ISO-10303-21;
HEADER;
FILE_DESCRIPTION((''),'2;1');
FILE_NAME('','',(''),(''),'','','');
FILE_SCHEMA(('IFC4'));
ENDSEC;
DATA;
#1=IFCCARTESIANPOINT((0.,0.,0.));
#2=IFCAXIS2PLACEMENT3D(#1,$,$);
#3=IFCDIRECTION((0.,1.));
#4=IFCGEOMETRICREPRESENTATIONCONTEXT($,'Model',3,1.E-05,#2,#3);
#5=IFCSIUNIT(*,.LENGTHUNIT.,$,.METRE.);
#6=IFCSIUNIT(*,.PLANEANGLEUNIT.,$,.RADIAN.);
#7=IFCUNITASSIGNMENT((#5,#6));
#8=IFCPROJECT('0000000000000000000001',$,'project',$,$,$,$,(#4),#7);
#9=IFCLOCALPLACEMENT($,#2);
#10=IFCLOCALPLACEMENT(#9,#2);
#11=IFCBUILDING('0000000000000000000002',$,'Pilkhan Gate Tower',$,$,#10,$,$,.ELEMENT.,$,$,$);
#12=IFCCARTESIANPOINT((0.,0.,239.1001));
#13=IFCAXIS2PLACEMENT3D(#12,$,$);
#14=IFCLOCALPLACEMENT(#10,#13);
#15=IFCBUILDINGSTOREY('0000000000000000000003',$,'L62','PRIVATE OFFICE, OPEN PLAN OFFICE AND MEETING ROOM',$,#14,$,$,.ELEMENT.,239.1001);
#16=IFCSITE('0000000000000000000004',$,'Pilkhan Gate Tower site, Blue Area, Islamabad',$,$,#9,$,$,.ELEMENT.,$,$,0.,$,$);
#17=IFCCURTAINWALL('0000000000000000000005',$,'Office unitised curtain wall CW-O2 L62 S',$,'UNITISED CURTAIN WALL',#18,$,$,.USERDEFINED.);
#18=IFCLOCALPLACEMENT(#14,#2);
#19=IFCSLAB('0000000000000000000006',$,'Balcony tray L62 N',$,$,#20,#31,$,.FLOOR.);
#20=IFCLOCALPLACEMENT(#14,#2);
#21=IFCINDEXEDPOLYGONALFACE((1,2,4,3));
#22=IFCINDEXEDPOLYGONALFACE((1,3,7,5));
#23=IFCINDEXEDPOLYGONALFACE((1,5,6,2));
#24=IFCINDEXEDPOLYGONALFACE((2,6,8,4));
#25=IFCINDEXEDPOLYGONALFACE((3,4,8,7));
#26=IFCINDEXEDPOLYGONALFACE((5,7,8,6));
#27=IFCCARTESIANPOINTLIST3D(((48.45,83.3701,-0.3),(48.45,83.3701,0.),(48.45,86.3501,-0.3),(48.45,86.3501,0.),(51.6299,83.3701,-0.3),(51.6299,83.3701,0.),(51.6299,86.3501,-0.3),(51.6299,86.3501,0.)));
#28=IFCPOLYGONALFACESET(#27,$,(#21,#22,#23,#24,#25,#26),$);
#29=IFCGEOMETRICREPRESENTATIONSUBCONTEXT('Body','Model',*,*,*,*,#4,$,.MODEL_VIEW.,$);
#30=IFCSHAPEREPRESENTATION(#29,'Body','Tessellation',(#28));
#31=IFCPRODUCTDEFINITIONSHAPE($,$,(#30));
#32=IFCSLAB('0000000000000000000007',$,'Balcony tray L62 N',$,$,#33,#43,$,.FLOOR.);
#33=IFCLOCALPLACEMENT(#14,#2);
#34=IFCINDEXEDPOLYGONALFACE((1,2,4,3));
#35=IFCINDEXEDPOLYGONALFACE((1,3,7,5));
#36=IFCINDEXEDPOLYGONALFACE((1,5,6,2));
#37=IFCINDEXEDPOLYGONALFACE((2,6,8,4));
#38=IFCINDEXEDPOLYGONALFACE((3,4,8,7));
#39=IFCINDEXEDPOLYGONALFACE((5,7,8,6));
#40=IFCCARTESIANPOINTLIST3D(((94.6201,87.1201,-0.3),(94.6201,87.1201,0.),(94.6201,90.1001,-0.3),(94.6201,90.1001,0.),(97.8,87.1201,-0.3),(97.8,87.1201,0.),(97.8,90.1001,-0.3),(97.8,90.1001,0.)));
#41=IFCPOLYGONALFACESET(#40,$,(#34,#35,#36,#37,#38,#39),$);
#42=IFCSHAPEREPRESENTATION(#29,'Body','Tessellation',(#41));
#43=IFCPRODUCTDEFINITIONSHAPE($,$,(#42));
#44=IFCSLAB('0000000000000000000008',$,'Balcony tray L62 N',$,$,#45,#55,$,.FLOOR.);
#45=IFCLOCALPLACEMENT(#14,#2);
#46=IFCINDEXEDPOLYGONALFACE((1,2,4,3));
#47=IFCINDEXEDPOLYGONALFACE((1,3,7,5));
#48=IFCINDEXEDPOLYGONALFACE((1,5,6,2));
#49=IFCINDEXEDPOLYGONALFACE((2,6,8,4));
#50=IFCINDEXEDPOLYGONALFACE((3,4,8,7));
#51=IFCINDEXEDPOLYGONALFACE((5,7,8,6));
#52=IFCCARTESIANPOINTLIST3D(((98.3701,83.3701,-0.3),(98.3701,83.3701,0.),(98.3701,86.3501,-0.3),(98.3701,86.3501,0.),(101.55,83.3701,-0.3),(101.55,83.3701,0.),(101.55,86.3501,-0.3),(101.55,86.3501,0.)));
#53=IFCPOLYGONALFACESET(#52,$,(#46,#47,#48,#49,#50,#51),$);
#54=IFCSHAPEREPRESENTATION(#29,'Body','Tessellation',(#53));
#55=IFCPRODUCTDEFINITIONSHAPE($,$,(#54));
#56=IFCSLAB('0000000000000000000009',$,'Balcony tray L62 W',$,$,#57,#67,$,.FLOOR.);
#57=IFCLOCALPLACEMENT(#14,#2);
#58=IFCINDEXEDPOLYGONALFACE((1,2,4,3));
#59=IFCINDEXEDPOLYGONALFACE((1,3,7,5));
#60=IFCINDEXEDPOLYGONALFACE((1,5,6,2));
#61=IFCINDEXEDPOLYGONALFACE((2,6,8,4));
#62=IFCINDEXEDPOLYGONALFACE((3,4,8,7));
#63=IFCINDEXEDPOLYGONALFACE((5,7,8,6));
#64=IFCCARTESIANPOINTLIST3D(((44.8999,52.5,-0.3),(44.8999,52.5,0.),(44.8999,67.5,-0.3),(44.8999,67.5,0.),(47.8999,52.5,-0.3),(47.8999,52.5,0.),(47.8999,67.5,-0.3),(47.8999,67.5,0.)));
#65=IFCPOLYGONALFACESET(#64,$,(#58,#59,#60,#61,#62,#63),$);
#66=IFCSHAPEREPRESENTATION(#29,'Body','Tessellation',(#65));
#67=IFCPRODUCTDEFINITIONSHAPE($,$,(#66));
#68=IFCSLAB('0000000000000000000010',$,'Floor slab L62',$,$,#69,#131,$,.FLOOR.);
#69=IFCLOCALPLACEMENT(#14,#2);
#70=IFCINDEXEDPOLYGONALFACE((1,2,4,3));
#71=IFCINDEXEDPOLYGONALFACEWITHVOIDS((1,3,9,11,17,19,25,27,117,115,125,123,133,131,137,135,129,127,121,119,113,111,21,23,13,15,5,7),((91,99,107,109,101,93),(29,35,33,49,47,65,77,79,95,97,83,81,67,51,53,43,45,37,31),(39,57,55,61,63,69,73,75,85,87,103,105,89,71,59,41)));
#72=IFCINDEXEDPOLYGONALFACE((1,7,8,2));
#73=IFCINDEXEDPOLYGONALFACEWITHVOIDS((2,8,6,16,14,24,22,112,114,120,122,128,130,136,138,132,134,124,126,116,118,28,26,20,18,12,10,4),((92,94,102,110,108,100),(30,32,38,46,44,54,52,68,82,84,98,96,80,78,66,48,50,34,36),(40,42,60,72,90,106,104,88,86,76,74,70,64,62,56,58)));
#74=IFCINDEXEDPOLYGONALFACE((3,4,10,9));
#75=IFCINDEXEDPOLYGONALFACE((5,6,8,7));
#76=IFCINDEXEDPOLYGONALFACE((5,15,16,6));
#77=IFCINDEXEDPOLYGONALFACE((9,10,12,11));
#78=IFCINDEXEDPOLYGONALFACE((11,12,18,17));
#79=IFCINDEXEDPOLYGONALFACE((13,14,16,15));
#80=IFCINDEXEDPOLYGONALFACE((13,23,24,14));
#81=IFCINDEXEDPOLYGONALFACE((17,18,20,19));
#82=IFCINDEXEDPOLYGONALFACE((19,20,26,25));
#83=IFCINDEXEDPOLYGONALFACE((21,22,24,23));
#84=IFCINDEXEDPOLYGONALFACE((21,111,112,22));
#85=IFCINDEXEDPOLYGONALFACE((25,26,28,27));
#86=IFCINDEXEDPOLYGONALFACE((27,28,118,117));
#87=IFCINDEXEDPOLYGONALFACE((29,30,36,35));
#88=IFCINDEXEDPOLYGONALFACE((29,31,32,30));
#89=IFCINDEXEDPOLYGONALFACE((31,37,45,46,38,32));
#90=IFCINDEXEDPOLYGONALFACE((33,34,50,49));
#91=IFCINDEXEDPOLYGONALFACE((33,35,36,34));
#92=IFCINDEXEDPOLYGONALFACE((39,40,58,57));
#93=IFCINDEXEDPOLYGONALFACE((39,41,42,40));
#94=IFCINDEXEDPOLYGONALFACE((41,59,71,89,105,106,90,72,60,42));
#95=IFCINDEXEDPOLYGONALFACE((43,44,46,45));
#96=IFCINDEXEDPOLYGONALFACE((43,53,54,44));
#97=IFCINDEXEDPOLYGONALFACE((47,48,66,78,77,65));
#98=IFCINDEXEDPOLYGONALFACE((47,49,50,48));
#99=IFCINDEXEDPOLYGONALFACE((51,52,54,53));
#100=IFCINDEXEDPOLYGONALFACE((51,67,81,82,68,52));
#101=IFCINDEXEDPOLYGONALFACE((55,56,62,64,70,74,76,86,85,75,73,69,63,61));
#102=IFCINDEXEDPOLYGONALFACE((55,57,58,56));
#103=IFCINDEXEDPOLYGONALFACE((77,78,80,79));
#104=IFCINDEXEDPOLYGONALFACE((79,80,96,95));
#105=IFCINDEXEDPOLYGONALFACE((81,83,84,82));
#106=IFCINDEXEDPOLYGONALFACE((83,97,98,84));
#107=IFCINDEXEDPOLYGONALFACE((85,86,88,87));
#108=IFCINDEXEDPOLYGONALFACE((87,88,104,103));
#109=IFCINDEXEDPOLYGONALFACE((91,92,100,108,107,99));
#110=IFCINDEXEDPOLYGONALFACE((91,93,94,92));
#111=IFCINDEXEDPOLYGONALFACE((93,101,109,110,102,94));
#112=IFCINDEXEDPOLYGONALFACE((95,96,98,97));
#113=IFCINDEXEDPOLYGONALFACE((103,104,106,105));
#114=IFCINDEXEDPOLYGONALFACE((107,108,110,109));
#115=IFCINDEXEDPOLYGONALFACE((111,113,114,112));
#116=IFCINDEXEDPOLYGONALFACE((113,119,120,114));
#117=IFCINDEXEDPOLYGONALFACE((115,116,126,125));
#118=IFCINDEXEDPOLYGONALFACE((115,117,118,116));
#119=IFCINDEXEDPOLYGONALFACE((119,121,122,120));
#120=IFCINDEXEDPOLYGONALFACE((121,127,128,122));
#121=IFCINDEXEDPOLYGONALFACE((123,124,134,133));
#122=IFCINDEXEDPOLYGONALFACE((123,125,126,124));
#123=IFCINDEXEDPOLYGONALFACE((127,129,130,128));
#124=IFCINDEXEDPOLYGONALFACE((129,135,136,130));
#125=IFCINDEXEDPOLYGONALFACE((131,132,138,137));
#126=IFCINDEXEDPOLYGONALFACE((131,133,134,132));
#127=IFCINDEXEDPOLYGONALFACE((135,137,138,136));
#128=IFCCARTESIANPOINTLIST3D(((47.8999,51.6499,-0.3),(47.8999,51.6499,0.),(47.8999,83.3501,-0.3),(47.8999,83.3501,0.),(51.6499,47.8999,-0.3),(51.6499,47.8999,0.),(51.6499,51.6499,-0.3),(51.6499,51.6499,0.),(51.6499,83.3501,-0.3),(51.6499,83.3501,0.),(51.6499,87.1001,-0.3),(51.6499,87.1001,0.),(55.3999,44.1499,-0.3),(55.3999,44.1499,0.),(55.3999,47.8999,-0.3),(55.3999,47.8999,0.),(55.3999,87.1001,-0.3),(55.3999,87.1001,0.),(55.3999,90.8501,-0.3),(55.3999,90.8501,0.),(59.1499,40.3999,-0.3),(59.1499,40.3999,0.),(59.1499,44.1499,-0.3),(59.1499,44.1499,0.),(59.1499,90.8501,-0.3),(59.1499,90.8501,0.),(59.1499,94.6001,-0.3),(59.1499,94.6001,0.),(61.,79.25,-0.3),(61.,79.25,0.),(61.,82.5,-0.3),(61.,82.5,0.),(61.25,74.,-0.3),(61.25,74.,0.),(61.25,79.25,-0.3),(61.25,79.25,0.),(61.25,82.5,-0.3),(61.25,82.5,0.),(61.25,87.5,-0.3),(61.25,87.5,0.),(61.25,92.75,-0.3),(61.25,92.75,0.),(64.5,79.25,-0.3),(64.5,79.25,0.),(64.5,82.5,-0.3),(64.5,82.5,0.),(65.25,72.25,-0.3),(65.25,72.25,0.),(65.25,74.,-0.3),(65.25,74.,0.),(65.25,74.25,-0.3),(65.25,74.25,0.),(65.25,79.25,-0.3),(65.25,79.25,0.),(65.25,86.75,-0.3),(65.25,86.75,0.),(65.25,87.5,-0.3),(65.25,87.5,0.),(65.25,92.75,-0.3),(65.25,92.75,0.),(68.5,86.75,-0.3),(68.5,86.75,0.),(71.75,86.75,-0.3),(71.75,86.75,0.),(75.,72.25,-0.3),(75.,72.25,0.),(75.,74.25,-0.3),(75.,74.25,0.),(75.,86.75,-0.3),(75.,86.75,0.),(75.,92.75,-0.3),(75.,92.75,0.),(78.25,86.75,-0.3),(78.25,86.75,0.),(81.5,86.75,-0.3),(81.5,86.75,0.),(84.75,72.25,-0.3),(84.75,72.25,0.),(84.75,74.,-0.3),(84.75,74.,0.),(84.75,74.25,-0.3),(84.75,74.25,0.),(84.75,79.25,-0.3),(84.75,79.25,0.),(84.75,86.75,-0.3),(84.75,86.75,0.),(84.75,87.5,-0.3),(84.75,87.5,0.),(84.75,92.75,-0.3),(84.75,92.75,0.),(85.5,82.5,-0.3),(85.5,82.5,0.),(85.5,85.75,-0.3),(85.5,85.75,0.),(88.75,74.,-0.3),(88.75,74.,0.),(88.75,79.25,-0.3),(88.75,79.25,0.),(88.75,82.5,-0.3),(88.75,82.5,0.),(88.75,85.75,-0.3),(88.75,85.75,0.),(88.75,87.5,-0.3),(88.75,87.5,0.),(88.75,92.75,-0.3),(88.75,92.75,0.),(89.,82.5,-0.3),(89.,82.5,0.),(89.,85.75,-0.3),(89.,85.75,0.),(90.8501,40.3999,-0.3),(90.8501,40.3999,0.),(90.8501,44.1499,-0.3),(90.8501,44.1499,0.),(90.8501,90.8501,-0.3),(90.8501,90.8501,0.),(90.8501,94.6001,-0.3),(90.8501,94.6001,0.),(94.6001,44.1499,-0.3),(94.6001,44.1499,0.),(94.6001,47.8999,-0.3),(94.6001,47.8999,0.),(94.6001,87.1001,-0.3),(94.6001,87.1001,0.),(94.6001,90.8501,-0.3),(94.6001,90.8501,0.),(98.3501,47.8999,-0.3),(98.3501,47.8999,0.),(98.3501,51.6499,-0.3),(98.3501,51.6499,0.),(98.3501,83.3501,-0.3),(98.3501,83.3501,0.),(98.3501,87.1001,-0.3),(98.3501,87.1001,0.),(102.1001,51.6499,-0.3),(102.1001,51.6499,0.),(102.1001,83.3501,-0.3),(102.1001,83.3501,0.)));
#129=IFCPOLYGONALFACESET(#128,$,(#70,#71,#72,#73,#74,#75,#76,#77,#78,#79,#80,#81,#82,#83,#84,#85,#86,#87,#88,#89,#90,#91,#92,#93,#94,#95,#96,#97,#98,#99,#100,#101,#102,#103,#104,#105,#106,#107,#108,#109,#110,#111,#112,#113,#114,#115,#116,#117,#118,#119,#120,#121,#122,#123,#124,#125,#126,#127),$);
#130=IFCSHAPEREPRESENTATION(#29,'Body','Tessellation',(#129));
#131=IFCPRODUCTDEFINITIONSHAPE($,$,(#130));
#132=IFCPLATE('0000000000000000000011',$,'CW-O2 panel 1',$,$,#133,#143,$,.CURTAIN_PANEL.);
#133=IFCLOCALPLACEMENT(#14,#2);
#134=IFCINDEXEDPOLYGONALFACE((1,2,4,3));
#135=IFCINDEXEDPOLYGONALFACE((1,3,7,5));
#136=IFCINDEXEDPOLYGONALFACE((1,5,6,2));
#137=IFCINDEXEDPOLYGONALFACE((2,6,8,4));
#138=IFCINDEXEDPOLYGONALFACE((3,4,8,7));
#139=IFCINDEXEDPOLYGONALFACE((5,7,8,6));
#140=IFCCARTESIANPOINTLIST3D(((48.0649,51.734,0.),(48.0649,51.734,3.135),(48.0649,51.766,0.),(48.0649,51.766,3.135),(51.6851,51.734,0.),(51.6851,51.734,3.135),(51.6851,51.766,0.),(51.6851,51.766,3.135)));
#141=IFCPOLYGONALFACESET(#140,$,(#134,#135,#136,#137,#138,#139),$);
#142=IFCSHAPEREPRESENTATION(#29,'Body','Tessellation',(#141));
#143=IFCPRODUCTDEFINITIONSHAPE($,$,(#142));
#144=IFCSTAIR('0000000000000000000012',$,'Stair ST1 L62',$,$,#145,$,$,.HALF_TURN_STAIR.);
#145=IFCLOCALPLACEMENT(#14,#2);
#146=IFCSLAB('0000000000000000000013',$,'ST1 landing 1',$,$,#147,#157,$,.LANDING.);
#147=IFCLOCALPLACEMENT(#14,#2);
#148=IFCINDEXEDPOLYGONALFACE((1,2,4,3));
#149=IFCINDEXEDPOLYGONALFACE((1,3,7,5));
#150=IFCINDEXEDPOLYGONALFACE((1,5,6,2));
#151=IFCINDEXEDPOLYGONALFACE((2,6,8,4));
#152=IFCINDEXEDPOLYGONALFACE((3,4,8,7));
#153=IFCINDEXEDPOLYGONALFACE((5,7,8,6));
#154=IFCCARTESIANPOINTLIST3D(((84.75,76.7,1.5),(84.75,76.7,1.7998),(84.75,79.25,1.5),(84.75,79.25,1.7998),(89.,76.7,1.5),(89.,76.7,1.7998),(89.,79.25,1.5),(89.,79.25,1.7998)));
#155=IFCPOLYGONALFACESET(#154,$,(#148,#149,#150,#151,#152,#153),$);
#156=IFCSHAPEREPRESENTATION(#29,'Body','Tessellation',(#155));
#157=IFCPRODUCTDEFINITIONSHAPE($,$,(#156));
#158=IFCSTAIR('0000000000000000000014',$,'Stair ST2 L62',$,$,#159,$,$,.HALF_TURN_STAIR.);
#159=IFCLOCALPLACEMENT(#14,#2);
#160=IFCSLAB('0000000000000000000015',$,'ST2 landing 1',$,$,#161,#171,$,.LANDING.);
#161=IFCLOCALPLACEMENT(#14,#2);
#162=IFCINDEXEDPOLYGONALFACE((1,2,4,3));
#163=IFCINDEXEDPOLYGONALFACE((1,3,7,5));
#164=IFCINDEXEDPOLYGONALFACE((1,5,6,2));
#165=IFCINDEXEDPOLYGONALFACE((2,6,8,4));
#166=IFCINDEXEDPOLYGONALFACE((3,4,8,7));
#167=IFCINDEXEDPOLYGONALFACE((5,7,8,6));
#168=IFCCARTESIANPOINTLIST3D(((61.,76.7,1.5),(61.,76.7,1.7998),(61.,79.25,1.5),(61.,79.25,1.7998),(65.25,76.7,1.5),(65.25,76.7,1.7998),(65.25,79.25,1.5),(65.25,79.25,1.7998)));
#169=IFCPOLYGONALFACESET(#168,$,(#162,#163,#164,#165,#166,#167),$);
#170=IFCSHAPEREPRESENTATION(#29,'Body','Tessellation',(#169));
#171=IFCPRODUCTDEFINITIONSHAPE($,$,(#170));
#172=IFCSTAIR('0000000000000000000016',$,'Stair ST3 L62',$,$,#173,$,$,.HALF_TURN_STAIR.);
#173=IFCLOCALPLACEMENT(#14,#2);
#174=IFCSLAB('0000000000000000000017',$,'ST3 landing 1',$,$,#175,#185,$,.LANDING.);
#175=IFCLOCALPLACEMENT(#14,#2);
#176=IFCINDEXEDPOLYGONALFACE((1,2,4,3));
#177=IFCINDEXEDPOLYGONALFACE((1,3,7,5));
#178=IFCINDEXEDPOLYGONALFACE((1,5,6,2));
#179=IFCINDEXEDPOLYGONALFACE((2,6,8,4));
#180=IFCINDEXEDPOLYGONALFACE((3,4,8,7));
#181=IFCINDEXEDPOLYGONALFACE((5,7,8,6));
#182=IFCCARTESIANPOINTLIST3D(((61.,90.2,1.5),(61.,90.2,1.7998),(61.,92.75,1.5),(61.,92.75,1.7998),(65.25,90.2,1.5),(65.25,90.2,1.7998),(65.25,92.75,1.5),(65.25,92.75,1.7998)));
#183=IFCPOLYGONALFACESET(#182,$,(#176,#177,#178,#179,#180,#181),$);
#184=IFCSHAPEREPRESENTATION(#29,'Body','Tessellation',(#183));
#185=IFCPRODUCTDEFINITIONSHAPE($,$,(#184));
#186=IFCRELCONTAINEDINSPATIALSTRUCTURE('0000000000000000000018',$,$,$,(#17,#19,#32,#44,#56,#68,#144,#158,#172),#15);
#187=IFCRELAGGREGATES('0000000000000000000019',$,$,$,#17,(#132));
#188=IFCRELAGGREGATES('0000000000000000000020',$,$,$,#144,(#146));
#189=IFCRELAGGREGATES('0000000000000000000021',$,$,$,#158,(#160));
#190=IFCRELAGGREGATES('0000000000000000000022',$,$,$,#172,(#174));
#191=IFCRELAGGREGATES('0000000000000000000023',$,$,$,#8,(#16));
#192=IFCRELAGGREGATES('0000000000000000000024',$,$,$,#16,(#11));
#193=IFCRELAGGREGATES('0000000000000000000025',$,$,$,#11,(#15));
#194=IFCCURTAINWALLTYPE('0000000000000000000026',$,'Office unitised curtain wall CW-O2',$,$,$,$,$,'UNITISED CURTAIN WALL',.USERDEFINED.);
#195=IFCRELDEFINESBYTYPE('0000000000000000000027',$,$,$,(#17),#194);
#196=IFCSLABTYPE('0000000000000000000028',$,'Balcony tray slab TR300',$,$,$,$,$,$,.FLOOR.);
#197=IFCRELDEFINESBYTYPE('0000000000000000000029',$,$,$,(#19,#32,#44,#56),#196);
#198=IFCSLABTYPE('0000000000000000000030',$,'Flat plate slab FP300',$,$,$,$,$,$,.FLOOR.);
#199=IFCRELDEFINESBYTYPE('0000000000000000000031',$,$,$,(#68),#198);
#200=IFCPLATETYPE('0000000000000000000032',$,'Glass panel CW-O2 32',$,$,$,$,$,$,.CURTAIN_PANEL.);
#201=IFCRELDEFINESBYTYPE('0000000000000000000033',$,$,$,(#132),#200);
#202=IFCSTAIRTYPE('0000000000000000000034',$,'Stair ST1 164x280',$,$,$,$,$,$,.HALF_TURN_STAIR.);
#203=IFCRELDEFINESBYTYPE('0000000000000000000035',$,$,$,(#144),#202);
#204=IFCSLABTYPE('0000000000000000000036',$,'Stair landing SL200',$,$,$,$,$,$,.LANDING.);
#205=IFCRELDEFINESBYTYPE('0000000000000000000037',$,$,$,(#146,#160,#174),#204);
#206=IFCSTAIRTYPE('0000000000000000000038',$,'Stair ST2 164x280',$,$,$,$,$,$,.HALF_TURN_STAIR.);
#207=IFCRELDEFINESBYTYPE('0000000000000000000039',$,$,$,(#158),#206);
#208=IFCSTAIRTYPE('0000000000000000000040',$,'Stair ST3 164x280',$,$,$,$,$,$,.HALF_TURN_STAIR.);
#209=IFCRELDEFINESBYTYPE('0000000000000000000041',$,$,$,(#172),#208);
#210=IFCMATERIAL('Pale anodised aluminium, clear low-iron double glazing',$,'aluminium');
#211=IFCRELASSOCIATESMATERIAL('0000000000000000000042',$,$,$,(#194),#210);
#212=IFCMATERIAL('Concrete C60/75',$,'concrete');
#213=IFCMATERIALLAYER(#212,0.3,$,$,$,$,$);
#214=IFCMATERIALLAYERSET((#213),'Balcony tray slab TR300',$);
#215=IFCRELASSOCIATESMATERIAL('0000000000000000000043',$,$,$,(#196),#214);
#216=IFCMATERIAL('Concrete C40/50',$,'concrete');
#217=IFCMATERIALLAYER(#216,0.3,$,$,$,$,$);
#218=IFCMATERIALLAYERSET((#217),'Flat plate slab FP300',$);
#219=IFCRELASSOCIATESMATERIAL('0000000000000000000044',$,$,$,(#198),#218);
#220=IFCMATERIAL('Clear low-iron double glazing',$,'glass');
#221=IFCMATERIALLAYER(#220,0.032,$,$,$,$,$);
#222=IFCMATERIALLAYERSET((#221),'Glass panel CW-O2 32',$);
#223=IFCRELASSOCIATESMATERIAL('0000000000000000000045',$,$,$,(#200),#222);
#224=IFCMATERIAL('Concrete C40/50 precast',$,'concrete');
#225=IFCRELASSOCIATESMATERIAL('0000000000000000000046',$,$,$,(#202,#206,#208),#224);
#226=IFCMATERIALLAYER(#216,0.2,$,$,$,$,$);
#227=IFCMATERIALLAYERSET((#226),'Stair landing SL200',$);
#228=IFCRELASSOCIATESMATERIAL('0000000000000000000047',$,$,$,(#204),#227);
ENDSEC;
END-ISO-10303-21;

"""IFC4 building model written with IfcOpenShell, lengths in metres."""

from ifc_helpers import new_model, si_unit, direction, frame, origin, origin_2d, place, context, subcontext, project, spatial, polyline, rectangle, outline, extrude, material, layer, layer_set, type_object, element, aggregate, save


model = new_model("IFC4")

# Units and contexts
model_context = context("Model", 3, precision=1e-05, world=origin(), true_north=direction((0.0, 1.0)))
body_context = subcontext(model_context, "Body", "Model", "MODEL_VIEW")
ifc_project = project(units=[si_unit("LENGTHUNIT", "METRE"), si_unit("PLANEANGLEUNIT", "RADIAN")], contexts=[model_context])

# Site, building, storey
site_placement = place(None, origin())
site = spatial("IfcSite", under=ifc_project, at=site_placement, Name="Pilkhan Gate Tower site, Blue Area, Islamabad", CompositionType="ELEMENT", RefElevation=0.0)
building_placement = place(site_placement, origin())
building = spatial("IfcBuilding", under=site, at=building_placement, Name="Pilkhan Gate Tower", CompositionType="ELEMENT")
storey_placement = place(building_placement, frame((0.0, 0.0, 239.1001)))
storey = spatial("IfcBuildingStorey", under=building, at=storey_placement, Name="L62", Description="PRIVATE OFFICE, OPEN PLAN OFFICE AND MEETING ROOM", CompositionType="ELEMENT", Elevation=239.1001)

# Shared definitions
ifc_material_1 = material(Name="Pale anodised aluminium, clear low-iron double glazing", Category="aluminium")
curtain_wall_type = type_object("IfcCurtainWallType", Name="Office unitised curtain wall CW-O2", ElementType="UNITISED CURTAIN WALL", PredefinedType="USERDEFINED", material=ifc_material_1)

# Curtain wall
curtain_wall_1_placement = place(storey_placement, origin())
curtain_wall_1 = element("IfcCurtainWall", 1, at=curtain_wall_1_placement, inside=storey, type_object=curtain_wall_type, Name="Office unitised curtain wall CW-O2 L62 S", ObjectType="UNITISED CURTAIN WALL", PredefinedType="USERDEFINED")

# Slabs
ifc_material_2 = material(Name="Concrete C60/75", Category="concrete")
ifc_layer_1 = layer(ifc_material_2, 0.3)
ifc_layer_set_1 = layer_set([ifc_layer_1], Name="Balcony tray slab TR300")
slab_type_1 = type_object("IfcSlabType", Name="Balcony tray slab TR300", PredefinedType="FLOOR", material=ifc_layer_set_1)
slab_1_placement = place(storey_placement, frame((0.0, 0.0, -0.3)))
element("IfcSlab", 2, at=slab_1_placement, inside=storey, type_object=slab_type_1, Name="Balcony tray L62 N", PredefinedType="FLOOR", context=body_context, shape_type="SweptSolid", body=[
    extrude(outline(polyline([(51.6299, 83.3701), (51.6299, 86.3501), (48.45, 86.3501), (48.45, 83.3701), (51.6299, 83.3701)])), origin(), (0.0, 0.0, 1.0), 0.3),
])
slab_2_placement = place(storey_placement, frame((0.0, 0.0, -0.3)))
element("IfcSlab", 3, at=slab_2_placement, inside=storey, type_object=slab_type_1, Name="Balcony tray L62 N", PredefinedType="FLOOR", context=body_context, shape_type="SweptSolid", body=[
    extrude(outline(polyline([(97.8, 87.1201), (97.8, 90.1001), (94.6201, 90.1001), (94.6201, 87.1201), (97.8, 87.1201)])), origin(), (0.0, 0.0, 1.0), 0.3),
])
slab_3_placement = place(storey_placement, frame((0.0, 0.0, -0.3)))
element("IfcSlab", 4, at=slab_3_placement, inside=storey, type_object=slab_type_1, Name="Balcony tray L62 N", PredefinedType="FLOOR", context=body_context, shape_type="SweptSolid", body=[
    extrude(outline(polyline([(101.55, 83.3701), (101.55, 86.3501), (98.3701, 86.3501), (98.3701, 83.3701), (101.55, 83.3701)])), origin(), (0.0, 0.0, 1.0), 0.3),
])
slab_4_placement = place(storey_placement, frame((0.0, 0.0, -0.3)))
element("IfcSlab", 5, at=slab_4_placement, inside=storey, type_object=slab_type_1, Name="Balcony tray L62 W", PredefinedType="FLOOR", context=body_context, shape_type="SweptSolid", body=[
    extrude(outline(polyline([(47.8999, 52.5), (47.8999, 67.5), (44.8999, 67.5), (44.8999, 52.5), (47.8999, 52.5)])), origin(), (0.0, 0.0, 1.0), 0.3),
])
ifc_material_3 = material(Name="Concrete C40/50", Category="concrete")
ifc_layer_2 = layer(ifc_material_3, 0.3)
ifc_layer_set_2 = layer_set([ifc_layer_2], Name="Flat plate slab FP300")
slab_type_2 = type_object("IfcSlabType", Name="Flat plate slab FP300", PredefinedType="FLOOR", material=ifc_layer_set_2)
slab_5_placement = place(storey_placement, frame((0.0, 0.0, -0.3)))
element("IfcSlab", 6, at=slab_5_placement, inside=storey, type_object=slab_type_2, Name="Floor slab L62", PredefinedType="FLOOR", context=body_context, shape_type="SweptSolid", body=[
    extrude(outline(polyline([(98.3501, 47.8999), (94.6001, 47.8999), (94.6001, 44.1499), (90.8501, 44.1499), (90.8501, 40.3999), (59.1499, 40.3999), (59.1499, 44.1499), (55.3999, 44.1499), (55.3999, 47.8999), (51.6499, 47.8999), (51.6499, 51.6499), (47.8999, 51.6499), (47.8999, 83.3501), (51.6499, 83.3501), (51.6499, 87.1001), (55.3999, 87.1001), (55.3999, 90.8501), (59.1499, 90.8501), (59.1499, 94.6001), (90.8501, 94.6001), (90.8501, 90.8501), (94.6001, 90.8501), (94.6001, 87.1001), (98.3501, 87.1001), (98.3501, 83.3501), (102.1001, 83.3501), (102.1001, 51.6499), (98.3501, 51.6499), (98.3501, 47.8999)]), holes=[polyline([(75.0, 72.25), (84.75, 72.25), (84.75, 74.0), (88.75, 74.0), (88.75, 79.25), (84.75, 79.25), (84.75, 74.25), (75.0, 74.25), (65.25, 74.25), (65.25, 79.25), (64.5, 79.25), (64.5, 82.5), (61.25, 82.5), (61.0, 82.5), (61.0, 79.25), (61.25, 79.25), (61.25, 74.0), (65.25, 74.0), (65.25, 72.25), (75.0, 72.25)]), polyline([(68.5, 86.75), (71.75, 86.75), (75.0, 86.75), (78.25, 86.75), (81.5, 86.75), (84.75, 86.75), (84.75, 87.5), (88.75, 87.5), (88.75, 92.75), (84.75, 92.75), (75.0, 92.75), (65.25, 92.75), (61.25, 92.75), (61.25, 87.5), (65.25, 87.5), (65.25, 86.75), (68.5, 86.75)]), polyline([(85.5, 85.75), (85.5, 82.5), (88.75, 82.5), (89.0, 82.5), (89.0, 85.75), (88.75, 85.75), (85.5, 85.75)])]), origin(), (0.0, 0.0, 1.0), 0.3),
])

# Plate
ifc_material_4 = material(Name="Clear low-iron double glazing", Category="glass")
ifc_layer_3 = layer(ifc_material_4, 0.032)
ifc_layer_set_3 = layer_set([ifc_layer_3], Name="Glass panel CW-O2 32")
plate_type = type_object("IfcPlateType", Name="Glass panel CW-O2 32", PredefinedType="CURTAIN_PANEL", material=ifc_layer_set_3)
plate_placement = place(storey_placement, frame((49.875, 51.75, 0.0), z_axis=(0.0, 0.0, 1.0), x_axis=(1.0, 0.0, 0.0)))
plate = element("IfcPlate", 7, at=plate_placement, type_object=plate_type, Name="CW-O2 panel 1", PredefinedType="CURTAIN_PANEL", context=body_context, shape_type="SweptSolid", body=[
    extrude(rectangle(XDim=3.6201, YDim=0.032, at=origin_2d()), origin(), (0.0, 0.0, 1.0), 3.135),
])
aggregate(curtain_wall_1, [plate])

# Stairs, slabs
ifc_material_5 = material(Name="Concrete C40/50 precast", Category="concrete")
stair_type_1 = type_object("IfcStairType", Name="Stair ST1 164x280", PredefinedType="HALF_TURN_STAIR", material=ifc_material_5)
stair_1_placement = place(storey_placement, origin())
stair_1 = element("IfcStair", 8, at=stair_1_placement, inside=storey, type_object=stair_type_1, Name="Stair ST1 L62", PredefinedType="HALF_TURN_STAIR")
ifc_layer_4 = layer(ifc_material_3, 0.2)
ifc_layer_set_4 = layer_set([ifc_layer_4], Name="Stair landing SL200")
slab_type_3 = type_object("IfcSlabType", Name="Stair landing SL200", PredefinedType="LANDING", material=ifc_layer_set_4)
slab_6_placement = place(storey_placement, frame((0.0, 0.0, 1.5)))
slab_6 = element("IfcSlab", 9, at=slab_6_placement, type_object=slab_type_3, Name="ST1 landing 1", PredefinedType="LANDING", context=body_context, shape_type="SweptSolid", body=[
    extrude(outline(polyline([(89.0, 76.7), (89.0, 79.25), (84.75, 79.25), (84.75, 76.7), (89.0, 76.7)])), origin(), (0.0, 0.0, 1.0), 0.2998),
])
aggregate(stair_1, [slab_6])
stair_type_2 = type_object("IfcStairType", Name="Stair ST2 164x280", PredefinedType="HALF_TURN_STAIR", material=ifc_material_5)
stair_2_placement = place(storey_placement, origin())
stair_2 = element("IfcStair", 10, at=stair_2_placement, inside=storey, type_object=stair_type_2, Name="Stair ST2 L62", PredefinedType="HALF_TURN_STAIR")
slab_7_placement = place(storey_placement, frame((0.0, 0.0, 1.5)))
slab_7 = element("IfcSlab", 11, at=slab_7_placement, type_object=slab_type_3, Name="ST2 landing 1", PredefinedType="LANDING", context=body_context, shape_type="SweptSolid", body=[
    extrude(outline(polyline([(65.25, 76.7), (65.25, 79.25), (61.0, 79.25), (61.0, 76.7), (65.25, 76.7)])), origin(), (0.0, 0.0, 1.0), 0.2998),
])
aggregate(stair_2, [slab_7])
stair_type_3 = type_object("IfcStairType", Name="Stair ST3 164x280", PredefinedType="HALF_TURN_STAIR", material=ifc_material_5)
stair_3_placement = place(storey_placement, origin())
stair_3 = element("IfcStair", 12, at=stair_3_placement, inside=storey, type_object=stair_type_3, Name="Stair ST3 L62", PredefinedType="HALF_TURN_STAIR")
slab_8_placement = place(storey_placement, frame((0.0, 0.0, 1.5)))
slab_8 = element("IfcSlab", 13, at=slab_8_placement, type_object=slab_type_3, Name="ST3 landing 1", PredefinedType="LANDING", context=body_context, shape_type="SweptSolid", body=[
    extrude(outline(polyline([(65.25, 90.2), (65.25, 92.75), (61.0, 92.75), (61.0, 90.2), (65.25, 90.2)])), origin(), (0.0, 0.0, 1.0), 0.2998),
])
aggregate(stair_3, [slab_8])

save(model, "model.ifc")
